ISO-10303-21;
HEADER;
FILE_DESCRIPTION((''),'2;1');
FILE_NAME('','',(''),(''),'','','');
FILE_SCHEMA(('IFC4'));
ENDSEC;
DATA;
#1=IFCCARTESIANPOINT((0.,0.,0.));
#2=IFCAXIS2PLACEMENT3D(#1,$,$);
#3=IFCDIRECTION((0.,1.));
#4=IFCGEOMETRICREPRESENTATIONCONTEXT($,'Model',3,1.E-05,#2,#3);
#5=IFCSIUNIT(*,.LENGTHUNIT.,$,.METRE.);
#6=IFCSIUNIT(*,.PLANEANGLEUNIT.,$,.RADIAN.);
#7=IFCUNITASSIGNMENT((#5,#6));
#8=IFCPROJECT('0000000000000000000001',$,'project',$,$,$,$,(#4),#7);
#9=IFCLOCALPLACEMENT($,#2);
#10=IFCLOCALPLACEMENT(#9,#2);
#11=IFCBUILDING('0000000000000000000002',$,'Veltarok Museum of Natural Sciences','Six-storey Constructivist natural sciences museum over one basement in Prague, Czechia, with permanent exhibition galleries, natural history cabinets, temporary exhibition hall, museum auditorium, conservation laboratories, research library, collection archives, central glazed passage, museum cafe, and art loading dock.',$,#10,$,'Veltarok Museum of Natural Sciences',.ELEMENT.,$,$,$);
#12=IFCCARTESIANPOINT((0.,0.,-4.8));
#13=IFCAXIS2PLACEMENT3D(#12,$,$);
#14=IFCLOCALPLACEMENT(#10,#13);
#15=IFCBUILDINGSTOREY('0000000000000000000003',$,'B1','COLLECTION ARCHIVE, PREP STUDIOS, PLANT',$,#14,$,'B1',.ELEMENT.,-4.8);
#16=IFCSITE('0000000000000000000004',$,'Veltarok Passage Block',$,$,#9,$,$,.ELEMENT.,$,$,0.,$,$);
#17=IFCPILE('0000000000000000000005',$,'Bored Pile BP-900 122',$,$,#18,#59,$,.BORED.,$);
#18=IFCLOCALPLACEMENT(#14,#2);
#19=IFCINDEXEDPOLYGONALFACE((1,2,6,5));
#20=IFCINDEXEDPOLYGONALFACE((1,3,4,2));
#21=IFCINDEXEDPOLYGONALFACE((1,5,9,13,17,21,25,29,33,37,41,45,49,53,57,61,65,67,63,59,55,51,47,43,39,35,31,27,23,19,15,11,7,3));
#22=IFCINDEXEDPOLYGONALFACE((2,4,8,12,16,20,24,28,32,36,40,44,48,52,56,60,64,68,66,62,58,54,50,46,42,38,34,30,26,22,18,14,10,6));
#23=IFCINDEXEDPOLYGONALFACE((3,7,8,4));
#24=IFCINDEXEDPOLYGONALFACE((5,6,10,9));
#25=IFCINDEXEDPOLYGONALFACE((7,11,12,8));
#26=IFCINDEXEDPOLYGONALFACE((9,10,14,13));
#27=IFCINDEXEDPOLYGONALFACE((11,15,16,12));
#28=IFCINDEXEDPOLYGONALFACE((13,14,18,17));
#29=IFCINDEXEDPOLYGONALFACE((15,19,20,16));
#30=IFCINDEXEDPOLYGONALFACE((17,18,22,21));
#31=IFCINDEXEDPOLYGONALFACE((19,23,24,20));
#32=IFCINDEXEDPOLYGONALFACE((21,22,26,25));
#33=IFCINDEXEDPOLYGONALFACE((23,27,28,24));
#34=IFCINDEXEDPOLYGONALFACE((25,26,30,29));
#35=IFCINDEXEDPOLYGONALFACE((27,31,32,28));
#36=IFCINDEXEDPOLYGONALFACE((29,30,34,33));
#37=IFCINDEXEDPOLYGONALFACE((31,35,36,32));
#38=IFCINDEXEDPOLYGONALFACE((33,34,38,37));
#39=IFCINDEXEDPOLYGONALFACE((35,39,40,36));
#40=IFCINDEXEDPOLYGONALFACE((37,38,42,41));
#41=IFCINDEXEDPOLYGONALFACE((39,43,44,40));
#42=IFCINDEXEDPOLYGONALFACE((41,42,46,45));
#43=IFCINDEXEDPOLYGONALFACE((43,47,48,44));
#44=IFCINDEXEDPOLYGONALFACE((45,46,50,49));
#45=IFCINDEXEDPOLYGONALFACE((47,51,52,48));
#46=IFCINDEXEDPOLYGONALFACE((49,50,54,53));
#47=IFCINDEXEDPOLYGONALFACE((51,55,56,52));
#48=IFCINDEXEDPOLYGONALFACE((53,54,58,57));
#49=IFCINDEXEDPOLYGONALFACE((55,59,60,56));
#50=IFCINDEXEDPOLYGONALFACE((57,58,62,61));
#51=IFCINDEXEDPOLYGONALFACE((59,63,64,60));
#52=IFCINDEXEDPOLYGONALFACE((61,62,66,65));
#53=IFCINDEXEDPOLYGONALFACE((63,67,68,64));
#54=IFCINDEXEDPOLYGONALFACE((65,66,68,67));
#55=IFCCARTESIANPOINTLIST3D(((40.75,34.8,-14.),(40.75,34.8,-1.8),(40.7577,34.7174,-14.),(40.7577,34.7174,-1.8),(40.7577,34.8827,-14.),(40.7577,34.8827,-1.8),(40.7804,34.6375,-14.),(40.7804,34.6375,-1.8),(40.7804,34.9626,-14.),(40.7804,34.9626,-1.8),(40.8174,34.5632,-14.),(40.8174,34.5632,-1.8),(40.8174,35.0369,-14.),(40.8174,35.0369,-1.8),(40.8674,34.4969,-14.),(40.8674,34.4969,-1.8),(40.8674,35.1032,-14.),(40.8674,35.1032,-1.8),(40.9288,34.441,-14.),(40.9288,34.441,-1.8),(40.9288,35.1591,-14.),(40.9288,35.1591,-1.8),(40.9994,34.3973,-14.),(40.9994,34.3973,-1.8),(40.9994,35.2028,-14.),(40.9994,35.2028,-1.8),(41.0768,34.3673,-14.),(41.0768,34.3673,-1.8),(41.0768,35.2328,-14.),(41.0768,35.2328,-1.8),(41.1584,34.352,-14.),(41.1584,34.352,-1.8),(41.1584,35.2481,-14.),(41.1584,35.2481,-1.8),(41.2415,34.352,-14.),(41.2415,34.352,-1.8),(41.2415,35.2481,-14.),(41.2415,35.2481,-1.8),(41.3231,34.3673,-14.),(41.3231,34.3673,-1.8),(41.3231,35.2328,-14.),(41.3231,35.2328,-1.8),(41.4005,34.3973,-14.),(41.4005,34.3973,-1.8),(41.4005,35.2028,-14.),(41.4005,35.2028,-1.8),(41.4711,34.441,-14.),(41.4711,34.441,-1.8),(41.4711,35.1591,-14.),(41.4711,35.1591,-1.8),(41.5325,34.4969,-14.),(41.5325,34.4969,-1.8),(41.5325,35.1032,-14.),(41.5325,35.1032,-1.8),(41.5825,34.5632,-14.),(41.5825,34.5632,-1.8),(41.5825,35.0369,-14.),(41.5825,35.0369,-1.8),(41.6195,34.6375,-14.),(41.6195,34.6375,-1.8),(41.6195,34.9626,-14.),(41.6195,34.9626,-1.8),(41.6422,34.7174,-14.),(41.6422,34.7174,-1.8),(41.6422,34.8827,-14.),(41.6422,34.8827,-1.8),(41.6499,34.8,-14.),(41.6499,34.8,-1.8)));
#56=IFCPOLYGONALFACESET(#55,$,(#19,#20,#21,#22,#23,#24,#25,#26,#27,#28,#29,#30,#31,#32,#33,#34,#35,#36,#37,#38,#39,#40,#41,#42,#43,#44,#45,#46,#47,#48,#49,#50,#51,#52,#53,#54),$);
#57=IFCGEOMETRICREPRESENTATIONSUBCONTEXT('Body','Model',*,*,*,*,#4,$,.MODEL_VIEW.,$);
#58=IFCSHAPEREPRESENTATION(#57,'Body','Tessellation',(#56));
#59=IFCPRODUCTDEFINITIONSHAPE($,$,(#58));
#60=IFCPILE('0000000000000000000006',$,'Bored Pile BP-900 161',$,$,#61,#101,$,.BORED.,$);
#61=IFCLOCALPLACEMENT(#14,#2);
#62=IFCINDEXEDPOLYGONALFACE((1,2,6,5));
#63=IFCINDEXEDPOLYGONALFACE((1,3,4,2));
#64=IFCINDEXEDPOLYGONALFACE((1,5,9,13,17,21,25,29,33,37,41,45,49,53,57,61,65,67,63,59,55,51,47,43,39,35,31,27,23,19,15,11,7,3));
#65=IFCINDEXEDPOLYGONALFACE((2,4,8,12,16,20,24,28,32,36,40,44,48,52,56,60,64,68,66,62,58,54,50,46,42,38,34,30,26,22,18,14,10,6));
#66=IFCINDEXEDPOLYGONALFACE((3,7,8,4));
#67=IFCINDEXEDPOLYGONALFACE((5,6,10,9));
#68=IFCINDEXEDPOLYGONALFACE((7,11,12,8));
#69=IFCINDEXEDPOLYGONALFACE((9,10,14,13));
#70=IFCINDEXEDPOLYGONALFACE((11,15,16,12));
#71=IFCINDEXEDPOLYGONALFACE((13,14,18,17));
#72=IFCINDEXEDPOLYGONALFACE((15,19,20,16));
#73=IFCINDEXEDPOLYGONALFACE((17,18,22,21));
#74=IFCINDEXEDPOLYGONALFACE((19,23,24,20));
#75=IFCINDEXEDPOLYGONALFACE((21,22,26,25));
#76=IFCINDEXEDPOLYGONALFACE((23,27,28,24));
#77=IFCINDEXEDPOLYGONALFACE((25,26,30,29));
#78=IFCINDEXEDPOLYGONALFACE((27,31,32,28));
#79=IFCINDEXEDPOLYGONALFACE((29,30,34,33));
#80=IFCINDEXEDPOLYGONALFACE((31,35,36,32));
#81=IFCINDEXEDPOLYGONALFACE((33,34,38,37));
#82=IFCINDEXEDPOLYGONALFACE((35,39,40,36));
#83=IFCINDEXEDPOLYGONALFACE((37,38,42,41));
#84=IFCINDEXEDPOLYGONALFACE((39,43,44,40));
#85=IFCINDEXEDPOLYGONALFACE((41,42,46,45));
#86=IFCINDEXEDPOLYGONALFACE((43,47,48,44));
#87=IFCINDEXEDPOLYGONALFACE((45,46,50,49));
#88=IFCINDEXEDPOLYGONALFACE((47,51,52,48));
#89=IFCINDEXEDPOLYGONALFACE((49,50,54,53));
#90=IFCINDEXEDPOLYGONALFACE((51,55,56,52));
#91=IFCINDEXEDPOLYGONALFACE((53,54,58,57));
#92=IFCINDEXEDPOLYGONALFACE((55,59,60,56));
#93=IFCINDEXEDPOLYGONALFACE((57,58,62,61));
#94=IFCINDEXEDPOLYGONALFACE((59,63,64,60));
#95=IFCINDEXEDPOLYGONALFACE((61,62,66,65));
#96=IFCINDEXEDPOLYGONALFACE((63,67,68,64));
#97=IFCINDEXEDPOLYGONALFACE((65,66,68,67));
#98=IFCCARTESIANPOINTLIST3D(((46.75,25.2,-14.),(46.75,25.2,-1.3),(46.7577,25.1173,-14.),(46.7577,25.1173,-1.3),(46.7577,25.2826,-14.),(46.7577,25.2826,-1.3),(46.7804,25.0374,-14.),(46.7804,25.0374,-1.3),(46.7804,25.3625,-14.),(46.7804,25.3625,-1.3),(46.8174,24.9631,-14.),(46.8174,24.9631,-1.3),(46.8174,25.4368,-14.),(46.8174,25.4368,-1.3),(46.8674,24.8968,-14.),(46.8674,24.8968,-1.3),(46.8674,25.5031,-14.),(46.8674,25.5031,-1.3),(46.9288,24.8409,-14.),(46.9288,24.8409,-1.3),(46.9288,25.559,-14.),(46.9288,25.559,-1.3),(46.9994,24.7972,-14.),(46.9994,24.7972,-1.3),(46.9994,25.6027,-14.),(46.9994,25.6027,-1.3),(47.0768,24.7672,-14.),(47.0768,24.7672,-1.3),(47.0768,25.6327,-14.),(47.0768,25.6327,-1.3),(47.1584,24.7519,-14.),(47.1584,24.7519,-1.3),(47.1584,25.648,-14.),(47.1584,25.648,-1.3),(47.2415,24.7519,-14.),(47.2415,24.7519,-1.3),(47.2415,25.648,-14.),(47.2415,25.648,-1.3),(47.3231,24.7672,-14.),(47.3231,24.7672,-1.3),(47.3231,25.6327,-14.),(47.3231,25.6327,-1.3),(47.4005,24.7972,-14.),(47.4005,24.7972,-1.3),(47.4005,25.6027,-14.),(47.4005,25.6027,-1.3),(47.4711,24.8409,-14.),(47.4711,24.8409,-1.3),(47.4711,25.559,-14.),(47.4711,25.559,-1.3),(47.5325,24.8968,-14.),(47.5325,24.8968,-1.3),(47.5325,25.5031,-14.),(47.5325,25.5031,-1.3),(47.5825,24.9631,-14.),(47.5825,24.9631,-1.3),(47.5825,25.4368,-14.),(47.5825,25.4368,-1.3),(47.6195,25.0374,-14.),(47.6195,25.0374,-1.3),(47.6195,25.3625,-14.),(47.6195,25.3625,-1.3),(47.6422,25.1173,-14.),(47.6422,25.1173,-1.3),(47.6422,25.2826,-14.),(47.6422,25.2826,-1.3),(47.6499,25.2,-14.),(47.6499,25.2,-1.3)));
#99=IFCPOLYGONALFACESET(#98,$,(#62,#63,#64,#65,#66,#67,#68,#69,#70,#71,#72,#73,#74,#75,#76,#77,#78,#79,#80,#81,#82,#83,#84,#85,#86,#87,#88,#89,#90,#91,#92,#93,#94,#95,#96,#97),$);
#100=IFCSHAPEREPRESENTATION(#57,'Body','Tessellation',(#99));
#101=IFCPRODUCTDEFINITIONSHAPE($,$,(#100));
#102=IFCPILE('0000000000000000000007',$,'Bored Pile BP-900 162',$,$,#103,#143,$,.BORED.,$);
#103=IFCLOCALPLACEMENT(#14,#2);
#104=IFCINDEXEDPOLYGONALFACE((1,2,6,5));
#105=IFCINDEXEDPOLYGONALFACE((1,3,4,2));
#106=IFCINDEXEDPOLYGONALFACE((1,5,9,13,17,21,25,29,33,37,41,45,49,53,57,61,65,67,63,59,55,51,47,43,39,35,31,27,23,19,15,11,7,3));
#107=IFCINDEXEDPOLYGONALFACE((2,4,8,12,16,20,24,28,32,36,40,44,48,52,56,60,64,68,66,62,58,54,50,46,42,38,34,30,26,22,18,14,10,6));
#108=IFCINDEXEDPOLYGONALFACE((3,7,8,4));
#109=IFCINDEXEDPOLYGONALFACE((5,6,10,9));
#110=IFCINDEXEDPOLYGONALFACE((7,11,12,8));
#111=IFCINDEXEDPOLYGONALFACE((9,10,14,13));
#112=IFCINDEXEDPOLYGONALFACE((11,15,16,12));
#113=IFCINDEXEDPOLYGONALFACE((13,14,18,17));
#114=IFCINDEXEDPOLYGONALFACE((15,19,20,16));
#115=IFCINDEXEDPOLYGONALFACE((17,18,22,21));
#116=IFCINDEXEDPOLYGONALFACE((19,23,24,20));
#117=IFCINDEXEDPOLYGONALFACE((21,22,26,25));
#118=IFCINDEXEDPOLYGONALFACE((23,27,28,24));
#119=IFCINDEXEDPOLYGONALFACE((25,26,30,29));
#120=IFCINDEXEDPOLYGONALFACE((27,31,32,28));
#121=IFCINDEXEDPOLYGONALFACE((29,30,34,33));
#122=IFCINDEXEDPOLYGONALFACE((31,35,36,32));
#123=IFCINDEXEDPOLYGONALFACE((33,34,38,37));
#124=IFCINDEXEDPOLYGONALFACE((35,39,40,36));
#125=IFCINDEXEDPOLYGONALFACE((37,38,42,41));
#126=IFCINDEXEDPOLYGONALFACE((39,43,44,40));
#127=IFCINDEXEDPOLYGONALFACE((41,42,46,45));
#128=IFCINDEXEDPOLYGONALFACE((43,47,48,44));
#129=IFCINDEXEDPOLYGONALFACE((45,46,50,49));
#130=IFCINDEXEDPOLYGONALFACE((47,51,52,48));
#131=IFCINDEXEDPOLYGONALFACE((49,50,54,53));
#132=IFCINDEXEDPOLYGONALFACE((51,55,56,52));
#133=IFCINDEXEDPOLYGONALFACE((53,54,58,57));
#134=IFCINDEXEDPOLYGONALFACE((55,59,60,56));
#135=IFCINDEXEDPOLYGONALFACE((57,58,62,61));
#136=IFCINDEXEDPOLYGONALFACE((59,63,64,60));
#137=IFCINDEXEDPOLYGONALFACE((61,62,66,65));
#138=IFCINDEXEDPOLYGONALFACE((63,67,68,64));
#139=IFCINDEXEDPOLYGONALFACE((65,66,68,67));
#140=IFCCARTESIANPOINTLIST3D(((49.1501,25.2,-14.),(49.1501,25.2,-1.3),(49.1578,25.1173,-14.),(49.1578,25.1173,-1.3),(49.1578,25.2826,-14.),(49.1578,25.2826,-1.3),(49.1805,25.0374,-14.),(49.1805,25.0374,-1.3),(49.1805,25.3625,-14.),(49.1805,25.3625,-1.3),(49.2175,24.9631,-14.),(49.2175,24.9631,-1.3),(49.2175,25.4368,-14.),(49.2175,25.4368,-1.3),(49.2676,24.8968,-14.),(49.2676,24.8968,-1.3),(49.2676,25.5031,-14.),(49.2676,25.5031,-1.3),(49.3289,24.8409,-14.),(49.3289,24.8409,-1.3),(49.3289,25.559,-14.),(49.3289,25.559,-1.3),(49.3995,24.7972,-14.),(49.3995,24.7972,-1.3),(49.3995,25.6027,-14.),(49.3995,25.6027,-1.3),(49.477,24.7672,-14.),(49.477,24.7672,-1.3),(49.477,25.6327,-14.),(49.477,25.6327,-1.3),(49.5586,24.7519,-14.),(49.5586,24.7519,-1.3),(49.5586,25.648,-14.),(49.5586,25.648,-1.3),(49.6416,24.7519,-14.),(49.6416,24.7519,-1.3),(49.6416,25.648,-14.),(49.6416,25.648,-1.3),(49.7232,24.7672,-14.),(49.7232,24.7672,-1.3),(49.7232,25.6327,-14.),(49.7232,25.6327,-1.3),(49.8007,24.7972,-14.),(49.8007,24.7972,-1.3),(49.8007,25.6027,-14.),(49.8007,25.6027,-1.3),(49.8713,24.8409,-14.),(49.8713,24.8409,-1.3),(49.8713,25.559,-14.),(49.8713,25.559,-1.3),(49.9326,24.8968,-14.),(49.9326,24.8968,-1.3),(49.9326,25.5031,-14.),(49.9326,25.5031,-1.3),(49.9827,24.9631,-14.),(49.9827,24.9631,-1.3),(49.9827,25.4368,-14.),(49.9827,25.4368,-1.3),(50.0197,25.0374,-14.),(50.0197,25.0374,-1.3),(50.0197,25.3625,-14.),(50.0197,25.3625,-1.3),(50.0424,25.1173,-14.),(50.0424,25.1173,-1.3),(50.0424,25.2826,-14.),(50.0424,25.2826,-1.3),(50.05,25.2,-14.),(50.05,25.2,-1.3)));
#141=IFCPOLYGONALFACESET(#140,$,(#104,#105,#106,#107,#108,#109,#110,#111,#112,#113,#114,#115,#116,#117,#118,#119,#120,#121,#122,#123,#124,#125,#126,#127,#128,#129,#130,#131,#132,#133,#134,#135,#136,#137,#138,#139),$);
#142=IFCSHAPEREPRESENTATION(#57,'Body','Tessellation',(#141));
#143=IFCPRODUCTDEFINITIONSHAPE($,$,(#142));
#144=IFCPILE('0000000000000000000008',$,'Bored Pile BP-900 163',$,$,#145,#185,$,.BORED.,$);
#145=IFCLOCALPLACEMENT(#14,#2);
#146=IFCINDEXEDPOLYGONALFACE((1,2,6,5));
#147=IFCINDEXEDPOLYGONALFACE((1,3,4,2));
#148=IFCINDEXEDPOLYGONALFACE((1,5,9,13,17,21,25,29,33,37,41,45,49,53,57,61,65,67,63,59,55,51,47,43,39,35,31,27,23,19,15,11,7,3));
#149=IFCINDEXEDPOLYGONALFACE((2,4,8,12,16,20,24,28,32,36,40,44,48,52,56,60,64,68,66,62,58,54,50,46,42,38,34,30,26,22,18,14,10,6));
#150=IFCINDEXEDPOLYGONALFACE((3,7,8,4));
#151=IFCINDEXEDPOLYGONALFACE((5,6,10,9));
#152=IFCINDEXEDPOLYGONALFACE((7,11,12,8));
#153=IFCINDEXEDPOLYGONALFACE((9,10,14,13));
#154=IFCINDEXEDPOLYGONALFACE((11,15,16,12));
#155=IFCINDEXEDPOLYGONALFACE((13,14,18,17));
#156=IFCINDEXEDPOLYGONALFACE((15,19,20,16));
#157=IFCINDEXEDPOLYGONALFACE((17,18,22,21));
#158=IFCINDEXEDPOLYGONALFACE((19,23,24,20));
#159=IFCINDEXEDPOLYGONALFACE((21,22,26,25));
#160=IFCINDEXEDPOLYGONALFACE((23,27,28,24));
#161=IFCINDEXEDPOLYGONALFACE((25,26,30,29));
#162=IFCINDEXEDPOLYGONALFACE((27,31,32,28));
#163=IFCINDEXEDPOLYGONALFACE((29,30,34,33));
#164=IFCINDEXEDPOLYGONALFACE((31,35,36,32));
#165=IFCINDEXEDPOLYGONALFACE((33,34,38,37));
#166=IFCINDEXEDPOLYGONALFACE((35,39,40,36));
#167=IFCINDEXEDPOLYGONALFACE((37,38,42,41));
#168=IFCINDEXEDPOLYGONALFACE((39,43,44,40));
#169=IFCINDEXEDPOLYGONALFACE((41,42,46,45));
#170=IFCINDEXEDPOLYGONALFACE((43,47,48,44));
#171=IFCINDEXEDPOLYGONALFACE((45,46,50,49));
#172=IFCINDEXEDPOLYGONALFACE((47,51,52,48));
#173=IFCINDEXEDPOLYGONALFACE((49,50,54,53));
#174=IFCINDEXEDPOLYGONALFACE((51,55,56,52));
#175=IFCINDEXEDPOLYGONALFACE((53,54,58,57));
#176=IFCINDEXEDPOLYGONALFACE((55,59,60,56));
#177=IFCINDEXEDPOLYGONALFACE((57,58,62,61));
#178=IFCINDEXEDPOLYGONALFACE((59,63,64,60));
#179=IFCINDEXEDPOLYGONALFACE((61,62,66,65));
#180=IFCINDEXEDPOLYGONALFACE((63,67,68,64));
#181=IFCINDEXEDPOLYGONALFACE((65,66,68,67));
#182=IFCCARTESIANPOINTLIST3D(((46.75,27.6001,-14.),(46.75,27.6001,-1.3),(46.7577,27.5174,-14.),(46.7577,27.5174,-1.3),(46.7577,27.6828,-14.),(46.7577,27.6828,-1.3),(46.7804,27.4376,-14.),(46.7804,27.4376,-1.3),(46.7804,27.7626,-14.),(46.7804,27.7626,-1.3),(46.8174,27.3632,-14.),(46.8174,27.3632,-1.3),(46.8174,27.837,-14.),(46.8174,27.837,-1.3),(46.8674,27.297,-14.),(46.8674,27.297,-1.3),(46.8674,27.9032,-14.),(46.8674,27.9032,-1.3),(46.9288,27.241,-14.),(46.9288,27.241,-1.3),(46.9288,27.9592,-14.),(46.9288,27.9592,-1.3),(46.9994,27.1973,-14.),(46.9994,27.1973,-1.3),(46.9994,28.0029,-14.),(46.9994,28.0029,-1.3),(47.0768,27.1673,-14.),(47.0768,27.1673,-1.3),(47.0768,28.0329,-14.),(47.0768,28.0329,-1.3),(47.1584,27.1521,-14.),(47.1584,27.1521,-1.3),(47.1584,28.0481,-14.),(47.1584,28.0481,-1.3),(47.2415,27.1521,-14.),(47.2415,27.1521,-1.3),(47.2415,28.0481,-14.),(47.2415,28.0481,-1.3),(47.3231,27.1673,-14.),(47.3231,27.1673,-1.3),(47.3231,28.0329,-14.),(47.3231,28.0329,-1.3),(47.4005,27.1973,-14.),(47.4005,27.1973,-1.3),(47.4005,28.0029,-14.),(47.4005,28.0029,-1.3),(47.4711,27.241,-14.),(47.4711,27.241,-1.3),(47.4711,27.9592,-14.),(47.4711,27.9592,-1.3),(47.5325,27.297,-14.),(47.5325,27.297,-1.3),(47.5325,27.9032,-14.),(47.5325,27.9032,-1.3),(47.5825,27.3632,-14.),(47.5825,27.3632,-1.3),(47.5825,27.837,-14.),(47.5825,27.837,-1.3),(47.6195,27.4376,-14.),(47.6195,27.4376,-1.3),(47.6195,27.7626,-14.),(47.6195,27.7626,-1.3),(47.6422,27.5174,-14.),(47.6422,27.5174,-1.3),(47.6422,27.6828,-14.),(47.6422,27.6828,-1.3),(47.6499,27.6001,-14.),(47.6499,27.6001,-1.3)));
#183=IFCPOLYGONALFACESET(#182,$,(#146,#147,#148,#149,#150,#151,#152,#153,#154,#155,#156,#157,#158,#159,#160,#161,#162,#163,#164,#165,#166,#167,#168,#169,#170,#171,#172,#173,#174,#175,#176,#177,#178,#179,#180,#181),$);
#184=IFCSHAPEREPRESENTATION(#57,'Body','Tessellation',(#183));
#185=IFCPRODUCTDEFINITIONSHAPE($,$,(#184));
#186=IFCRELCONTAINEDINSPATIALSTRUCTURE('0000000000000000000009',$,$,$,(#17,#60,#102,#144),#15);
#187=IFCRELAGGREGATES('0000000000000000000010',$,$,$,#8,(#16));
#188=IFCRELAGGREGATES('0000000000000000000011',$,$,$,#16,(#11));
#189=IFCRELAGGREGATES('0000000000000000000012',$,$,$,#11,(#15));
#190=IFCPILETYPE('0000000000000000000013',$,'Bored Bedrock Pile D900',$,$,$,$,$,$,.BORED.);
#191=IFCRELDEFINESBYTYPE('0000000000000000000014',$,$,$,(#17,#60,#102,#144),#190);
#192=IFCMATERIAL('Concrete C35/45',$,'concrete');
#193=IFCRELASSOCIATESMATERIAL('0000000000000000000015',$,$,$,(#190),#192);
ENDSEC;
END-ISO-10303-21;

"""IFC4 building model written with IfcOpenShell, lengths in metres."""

from ifc_helpers import new_model, si_unit, direction, frame, origin, origin_2d, place, context, subcontext, project, spatial, circle, extrude, material, material_profile, profile_set, type_object, element, save


model = new_model("IFC4")

# Units and contexts
model_context = context("Model", 3, precision=1e-05, world=origin(), true_north=direction((0.0, 1.0)))
body_context = subcontext(model_context, "Body", "Model", "MODEL_VIEW")
ifc_project = project(units=[si_unit("LENGTHUNIT", "METRE"), si_unit("PLANEANGLEUNIT", "RADIAN")], contexts=[model_context])

# Site, building, storey
site_placement = place(None, origin())
site = spatial("IfcSite", under=ifc_project, at=site_placement, Name="Veltarok Passage Block", CompositionType="ELEMENT", RefElevation=0.0)
building_placement = place(site_placement, origin())
building = spatial("IfcBuilding", under=site, at=building_placement, Name="Veltarok Museum of Natural Sciences", Description="Six-storey Constructivist natural sciences museum over one basement in Prague, Czechia, with permanent exhibition galleries, natural history cabinets, temporary exhibition hall, museum auditorium, conservation laboratories, research library, collection archives, central glazed passage, museum cafe, and art loading dock.", LongName="Veltarok Museum of Natural Sciences", CompositionType="ELEMENT")
storey_placement = place(building_placement, frame((0.0, 0.0, -4.8)))
storey = spatial("IfcBuildingStorey", under=building, at=storey_placement, Name="B1", Description="COLLECTION ARCHIVE, PREP STUDIOS, PLANT", LongName="B1", CompositionType="ELEMENT", Elevation=-4.8)

# Piles
ifc_material_1 = material(Name="Concrete C35/45", Category="concrete")
ifc_material_profile_1 = material_profile(ifc_material_1, circle(Radius=0.45, at=origin_2d()), Name="BP D900")
ifc_profile_set_1 = profile_set([ifc_material_profile_1], Name="Concrete C35/45")
pile_type_1 = type_object("IfcPileType", Name="Bored Bedrock Pile D900", PredefinedType="BORED", material=ifc_profile_set_1)
pile_1_placement = place(storey_placement, frame((41.2, 34.8, -1.8), z_axis=(0.0, 0.0, -1.0), x_axis=(1.0, 0.0, 0.0)))
element("IfcPile", 1, at=pile_1_placement, inside=storey, type_object=pile_type_1, Name="Bored Pile BP-900 122", PredefinedType="BORED", context=body_context, shape_type="SweptSolid", body=[
    extrude(circle(Radius=0.45, at=origin_2d()), origin(), (0.0, 0.0, 1.0), 12.2),
])
for number, where, z_axis, x_axis, name in (
    (2, (47.2, 25.2, -1.3), (0.0, 0.0, -1.0), (1.0, 0.0, 0.0), "Bored Pile BP-900 161"),
    (3, (49.6001, 25.2, -1.3), (0.0, 0.0, -1.0), (1.0, 0.0, 0.0), "Bored Pile BP-900 162"),
    (4, (47.2, 27.6001, -1.3), (0.0, 0.0, -1.0), (1.0, 0.0, 0.0), "Bored Pile BP-900 163"),
):
    element("IfcPile", number, at=place(storey_placement, frame(where, z_axis=z_axis, x_axis=x_axis)), inside=storey, type_object=pile_type_1, Name=name, PredefinedType="BORED", context=body_context, shape_type="SweptSolid", body=[
        extrude(circle(Radius=0.45, at=origin_2d()), origin(), (0.0, 0.0, 1.0), 12.7),
    ])

save(model, "model.ifc")
